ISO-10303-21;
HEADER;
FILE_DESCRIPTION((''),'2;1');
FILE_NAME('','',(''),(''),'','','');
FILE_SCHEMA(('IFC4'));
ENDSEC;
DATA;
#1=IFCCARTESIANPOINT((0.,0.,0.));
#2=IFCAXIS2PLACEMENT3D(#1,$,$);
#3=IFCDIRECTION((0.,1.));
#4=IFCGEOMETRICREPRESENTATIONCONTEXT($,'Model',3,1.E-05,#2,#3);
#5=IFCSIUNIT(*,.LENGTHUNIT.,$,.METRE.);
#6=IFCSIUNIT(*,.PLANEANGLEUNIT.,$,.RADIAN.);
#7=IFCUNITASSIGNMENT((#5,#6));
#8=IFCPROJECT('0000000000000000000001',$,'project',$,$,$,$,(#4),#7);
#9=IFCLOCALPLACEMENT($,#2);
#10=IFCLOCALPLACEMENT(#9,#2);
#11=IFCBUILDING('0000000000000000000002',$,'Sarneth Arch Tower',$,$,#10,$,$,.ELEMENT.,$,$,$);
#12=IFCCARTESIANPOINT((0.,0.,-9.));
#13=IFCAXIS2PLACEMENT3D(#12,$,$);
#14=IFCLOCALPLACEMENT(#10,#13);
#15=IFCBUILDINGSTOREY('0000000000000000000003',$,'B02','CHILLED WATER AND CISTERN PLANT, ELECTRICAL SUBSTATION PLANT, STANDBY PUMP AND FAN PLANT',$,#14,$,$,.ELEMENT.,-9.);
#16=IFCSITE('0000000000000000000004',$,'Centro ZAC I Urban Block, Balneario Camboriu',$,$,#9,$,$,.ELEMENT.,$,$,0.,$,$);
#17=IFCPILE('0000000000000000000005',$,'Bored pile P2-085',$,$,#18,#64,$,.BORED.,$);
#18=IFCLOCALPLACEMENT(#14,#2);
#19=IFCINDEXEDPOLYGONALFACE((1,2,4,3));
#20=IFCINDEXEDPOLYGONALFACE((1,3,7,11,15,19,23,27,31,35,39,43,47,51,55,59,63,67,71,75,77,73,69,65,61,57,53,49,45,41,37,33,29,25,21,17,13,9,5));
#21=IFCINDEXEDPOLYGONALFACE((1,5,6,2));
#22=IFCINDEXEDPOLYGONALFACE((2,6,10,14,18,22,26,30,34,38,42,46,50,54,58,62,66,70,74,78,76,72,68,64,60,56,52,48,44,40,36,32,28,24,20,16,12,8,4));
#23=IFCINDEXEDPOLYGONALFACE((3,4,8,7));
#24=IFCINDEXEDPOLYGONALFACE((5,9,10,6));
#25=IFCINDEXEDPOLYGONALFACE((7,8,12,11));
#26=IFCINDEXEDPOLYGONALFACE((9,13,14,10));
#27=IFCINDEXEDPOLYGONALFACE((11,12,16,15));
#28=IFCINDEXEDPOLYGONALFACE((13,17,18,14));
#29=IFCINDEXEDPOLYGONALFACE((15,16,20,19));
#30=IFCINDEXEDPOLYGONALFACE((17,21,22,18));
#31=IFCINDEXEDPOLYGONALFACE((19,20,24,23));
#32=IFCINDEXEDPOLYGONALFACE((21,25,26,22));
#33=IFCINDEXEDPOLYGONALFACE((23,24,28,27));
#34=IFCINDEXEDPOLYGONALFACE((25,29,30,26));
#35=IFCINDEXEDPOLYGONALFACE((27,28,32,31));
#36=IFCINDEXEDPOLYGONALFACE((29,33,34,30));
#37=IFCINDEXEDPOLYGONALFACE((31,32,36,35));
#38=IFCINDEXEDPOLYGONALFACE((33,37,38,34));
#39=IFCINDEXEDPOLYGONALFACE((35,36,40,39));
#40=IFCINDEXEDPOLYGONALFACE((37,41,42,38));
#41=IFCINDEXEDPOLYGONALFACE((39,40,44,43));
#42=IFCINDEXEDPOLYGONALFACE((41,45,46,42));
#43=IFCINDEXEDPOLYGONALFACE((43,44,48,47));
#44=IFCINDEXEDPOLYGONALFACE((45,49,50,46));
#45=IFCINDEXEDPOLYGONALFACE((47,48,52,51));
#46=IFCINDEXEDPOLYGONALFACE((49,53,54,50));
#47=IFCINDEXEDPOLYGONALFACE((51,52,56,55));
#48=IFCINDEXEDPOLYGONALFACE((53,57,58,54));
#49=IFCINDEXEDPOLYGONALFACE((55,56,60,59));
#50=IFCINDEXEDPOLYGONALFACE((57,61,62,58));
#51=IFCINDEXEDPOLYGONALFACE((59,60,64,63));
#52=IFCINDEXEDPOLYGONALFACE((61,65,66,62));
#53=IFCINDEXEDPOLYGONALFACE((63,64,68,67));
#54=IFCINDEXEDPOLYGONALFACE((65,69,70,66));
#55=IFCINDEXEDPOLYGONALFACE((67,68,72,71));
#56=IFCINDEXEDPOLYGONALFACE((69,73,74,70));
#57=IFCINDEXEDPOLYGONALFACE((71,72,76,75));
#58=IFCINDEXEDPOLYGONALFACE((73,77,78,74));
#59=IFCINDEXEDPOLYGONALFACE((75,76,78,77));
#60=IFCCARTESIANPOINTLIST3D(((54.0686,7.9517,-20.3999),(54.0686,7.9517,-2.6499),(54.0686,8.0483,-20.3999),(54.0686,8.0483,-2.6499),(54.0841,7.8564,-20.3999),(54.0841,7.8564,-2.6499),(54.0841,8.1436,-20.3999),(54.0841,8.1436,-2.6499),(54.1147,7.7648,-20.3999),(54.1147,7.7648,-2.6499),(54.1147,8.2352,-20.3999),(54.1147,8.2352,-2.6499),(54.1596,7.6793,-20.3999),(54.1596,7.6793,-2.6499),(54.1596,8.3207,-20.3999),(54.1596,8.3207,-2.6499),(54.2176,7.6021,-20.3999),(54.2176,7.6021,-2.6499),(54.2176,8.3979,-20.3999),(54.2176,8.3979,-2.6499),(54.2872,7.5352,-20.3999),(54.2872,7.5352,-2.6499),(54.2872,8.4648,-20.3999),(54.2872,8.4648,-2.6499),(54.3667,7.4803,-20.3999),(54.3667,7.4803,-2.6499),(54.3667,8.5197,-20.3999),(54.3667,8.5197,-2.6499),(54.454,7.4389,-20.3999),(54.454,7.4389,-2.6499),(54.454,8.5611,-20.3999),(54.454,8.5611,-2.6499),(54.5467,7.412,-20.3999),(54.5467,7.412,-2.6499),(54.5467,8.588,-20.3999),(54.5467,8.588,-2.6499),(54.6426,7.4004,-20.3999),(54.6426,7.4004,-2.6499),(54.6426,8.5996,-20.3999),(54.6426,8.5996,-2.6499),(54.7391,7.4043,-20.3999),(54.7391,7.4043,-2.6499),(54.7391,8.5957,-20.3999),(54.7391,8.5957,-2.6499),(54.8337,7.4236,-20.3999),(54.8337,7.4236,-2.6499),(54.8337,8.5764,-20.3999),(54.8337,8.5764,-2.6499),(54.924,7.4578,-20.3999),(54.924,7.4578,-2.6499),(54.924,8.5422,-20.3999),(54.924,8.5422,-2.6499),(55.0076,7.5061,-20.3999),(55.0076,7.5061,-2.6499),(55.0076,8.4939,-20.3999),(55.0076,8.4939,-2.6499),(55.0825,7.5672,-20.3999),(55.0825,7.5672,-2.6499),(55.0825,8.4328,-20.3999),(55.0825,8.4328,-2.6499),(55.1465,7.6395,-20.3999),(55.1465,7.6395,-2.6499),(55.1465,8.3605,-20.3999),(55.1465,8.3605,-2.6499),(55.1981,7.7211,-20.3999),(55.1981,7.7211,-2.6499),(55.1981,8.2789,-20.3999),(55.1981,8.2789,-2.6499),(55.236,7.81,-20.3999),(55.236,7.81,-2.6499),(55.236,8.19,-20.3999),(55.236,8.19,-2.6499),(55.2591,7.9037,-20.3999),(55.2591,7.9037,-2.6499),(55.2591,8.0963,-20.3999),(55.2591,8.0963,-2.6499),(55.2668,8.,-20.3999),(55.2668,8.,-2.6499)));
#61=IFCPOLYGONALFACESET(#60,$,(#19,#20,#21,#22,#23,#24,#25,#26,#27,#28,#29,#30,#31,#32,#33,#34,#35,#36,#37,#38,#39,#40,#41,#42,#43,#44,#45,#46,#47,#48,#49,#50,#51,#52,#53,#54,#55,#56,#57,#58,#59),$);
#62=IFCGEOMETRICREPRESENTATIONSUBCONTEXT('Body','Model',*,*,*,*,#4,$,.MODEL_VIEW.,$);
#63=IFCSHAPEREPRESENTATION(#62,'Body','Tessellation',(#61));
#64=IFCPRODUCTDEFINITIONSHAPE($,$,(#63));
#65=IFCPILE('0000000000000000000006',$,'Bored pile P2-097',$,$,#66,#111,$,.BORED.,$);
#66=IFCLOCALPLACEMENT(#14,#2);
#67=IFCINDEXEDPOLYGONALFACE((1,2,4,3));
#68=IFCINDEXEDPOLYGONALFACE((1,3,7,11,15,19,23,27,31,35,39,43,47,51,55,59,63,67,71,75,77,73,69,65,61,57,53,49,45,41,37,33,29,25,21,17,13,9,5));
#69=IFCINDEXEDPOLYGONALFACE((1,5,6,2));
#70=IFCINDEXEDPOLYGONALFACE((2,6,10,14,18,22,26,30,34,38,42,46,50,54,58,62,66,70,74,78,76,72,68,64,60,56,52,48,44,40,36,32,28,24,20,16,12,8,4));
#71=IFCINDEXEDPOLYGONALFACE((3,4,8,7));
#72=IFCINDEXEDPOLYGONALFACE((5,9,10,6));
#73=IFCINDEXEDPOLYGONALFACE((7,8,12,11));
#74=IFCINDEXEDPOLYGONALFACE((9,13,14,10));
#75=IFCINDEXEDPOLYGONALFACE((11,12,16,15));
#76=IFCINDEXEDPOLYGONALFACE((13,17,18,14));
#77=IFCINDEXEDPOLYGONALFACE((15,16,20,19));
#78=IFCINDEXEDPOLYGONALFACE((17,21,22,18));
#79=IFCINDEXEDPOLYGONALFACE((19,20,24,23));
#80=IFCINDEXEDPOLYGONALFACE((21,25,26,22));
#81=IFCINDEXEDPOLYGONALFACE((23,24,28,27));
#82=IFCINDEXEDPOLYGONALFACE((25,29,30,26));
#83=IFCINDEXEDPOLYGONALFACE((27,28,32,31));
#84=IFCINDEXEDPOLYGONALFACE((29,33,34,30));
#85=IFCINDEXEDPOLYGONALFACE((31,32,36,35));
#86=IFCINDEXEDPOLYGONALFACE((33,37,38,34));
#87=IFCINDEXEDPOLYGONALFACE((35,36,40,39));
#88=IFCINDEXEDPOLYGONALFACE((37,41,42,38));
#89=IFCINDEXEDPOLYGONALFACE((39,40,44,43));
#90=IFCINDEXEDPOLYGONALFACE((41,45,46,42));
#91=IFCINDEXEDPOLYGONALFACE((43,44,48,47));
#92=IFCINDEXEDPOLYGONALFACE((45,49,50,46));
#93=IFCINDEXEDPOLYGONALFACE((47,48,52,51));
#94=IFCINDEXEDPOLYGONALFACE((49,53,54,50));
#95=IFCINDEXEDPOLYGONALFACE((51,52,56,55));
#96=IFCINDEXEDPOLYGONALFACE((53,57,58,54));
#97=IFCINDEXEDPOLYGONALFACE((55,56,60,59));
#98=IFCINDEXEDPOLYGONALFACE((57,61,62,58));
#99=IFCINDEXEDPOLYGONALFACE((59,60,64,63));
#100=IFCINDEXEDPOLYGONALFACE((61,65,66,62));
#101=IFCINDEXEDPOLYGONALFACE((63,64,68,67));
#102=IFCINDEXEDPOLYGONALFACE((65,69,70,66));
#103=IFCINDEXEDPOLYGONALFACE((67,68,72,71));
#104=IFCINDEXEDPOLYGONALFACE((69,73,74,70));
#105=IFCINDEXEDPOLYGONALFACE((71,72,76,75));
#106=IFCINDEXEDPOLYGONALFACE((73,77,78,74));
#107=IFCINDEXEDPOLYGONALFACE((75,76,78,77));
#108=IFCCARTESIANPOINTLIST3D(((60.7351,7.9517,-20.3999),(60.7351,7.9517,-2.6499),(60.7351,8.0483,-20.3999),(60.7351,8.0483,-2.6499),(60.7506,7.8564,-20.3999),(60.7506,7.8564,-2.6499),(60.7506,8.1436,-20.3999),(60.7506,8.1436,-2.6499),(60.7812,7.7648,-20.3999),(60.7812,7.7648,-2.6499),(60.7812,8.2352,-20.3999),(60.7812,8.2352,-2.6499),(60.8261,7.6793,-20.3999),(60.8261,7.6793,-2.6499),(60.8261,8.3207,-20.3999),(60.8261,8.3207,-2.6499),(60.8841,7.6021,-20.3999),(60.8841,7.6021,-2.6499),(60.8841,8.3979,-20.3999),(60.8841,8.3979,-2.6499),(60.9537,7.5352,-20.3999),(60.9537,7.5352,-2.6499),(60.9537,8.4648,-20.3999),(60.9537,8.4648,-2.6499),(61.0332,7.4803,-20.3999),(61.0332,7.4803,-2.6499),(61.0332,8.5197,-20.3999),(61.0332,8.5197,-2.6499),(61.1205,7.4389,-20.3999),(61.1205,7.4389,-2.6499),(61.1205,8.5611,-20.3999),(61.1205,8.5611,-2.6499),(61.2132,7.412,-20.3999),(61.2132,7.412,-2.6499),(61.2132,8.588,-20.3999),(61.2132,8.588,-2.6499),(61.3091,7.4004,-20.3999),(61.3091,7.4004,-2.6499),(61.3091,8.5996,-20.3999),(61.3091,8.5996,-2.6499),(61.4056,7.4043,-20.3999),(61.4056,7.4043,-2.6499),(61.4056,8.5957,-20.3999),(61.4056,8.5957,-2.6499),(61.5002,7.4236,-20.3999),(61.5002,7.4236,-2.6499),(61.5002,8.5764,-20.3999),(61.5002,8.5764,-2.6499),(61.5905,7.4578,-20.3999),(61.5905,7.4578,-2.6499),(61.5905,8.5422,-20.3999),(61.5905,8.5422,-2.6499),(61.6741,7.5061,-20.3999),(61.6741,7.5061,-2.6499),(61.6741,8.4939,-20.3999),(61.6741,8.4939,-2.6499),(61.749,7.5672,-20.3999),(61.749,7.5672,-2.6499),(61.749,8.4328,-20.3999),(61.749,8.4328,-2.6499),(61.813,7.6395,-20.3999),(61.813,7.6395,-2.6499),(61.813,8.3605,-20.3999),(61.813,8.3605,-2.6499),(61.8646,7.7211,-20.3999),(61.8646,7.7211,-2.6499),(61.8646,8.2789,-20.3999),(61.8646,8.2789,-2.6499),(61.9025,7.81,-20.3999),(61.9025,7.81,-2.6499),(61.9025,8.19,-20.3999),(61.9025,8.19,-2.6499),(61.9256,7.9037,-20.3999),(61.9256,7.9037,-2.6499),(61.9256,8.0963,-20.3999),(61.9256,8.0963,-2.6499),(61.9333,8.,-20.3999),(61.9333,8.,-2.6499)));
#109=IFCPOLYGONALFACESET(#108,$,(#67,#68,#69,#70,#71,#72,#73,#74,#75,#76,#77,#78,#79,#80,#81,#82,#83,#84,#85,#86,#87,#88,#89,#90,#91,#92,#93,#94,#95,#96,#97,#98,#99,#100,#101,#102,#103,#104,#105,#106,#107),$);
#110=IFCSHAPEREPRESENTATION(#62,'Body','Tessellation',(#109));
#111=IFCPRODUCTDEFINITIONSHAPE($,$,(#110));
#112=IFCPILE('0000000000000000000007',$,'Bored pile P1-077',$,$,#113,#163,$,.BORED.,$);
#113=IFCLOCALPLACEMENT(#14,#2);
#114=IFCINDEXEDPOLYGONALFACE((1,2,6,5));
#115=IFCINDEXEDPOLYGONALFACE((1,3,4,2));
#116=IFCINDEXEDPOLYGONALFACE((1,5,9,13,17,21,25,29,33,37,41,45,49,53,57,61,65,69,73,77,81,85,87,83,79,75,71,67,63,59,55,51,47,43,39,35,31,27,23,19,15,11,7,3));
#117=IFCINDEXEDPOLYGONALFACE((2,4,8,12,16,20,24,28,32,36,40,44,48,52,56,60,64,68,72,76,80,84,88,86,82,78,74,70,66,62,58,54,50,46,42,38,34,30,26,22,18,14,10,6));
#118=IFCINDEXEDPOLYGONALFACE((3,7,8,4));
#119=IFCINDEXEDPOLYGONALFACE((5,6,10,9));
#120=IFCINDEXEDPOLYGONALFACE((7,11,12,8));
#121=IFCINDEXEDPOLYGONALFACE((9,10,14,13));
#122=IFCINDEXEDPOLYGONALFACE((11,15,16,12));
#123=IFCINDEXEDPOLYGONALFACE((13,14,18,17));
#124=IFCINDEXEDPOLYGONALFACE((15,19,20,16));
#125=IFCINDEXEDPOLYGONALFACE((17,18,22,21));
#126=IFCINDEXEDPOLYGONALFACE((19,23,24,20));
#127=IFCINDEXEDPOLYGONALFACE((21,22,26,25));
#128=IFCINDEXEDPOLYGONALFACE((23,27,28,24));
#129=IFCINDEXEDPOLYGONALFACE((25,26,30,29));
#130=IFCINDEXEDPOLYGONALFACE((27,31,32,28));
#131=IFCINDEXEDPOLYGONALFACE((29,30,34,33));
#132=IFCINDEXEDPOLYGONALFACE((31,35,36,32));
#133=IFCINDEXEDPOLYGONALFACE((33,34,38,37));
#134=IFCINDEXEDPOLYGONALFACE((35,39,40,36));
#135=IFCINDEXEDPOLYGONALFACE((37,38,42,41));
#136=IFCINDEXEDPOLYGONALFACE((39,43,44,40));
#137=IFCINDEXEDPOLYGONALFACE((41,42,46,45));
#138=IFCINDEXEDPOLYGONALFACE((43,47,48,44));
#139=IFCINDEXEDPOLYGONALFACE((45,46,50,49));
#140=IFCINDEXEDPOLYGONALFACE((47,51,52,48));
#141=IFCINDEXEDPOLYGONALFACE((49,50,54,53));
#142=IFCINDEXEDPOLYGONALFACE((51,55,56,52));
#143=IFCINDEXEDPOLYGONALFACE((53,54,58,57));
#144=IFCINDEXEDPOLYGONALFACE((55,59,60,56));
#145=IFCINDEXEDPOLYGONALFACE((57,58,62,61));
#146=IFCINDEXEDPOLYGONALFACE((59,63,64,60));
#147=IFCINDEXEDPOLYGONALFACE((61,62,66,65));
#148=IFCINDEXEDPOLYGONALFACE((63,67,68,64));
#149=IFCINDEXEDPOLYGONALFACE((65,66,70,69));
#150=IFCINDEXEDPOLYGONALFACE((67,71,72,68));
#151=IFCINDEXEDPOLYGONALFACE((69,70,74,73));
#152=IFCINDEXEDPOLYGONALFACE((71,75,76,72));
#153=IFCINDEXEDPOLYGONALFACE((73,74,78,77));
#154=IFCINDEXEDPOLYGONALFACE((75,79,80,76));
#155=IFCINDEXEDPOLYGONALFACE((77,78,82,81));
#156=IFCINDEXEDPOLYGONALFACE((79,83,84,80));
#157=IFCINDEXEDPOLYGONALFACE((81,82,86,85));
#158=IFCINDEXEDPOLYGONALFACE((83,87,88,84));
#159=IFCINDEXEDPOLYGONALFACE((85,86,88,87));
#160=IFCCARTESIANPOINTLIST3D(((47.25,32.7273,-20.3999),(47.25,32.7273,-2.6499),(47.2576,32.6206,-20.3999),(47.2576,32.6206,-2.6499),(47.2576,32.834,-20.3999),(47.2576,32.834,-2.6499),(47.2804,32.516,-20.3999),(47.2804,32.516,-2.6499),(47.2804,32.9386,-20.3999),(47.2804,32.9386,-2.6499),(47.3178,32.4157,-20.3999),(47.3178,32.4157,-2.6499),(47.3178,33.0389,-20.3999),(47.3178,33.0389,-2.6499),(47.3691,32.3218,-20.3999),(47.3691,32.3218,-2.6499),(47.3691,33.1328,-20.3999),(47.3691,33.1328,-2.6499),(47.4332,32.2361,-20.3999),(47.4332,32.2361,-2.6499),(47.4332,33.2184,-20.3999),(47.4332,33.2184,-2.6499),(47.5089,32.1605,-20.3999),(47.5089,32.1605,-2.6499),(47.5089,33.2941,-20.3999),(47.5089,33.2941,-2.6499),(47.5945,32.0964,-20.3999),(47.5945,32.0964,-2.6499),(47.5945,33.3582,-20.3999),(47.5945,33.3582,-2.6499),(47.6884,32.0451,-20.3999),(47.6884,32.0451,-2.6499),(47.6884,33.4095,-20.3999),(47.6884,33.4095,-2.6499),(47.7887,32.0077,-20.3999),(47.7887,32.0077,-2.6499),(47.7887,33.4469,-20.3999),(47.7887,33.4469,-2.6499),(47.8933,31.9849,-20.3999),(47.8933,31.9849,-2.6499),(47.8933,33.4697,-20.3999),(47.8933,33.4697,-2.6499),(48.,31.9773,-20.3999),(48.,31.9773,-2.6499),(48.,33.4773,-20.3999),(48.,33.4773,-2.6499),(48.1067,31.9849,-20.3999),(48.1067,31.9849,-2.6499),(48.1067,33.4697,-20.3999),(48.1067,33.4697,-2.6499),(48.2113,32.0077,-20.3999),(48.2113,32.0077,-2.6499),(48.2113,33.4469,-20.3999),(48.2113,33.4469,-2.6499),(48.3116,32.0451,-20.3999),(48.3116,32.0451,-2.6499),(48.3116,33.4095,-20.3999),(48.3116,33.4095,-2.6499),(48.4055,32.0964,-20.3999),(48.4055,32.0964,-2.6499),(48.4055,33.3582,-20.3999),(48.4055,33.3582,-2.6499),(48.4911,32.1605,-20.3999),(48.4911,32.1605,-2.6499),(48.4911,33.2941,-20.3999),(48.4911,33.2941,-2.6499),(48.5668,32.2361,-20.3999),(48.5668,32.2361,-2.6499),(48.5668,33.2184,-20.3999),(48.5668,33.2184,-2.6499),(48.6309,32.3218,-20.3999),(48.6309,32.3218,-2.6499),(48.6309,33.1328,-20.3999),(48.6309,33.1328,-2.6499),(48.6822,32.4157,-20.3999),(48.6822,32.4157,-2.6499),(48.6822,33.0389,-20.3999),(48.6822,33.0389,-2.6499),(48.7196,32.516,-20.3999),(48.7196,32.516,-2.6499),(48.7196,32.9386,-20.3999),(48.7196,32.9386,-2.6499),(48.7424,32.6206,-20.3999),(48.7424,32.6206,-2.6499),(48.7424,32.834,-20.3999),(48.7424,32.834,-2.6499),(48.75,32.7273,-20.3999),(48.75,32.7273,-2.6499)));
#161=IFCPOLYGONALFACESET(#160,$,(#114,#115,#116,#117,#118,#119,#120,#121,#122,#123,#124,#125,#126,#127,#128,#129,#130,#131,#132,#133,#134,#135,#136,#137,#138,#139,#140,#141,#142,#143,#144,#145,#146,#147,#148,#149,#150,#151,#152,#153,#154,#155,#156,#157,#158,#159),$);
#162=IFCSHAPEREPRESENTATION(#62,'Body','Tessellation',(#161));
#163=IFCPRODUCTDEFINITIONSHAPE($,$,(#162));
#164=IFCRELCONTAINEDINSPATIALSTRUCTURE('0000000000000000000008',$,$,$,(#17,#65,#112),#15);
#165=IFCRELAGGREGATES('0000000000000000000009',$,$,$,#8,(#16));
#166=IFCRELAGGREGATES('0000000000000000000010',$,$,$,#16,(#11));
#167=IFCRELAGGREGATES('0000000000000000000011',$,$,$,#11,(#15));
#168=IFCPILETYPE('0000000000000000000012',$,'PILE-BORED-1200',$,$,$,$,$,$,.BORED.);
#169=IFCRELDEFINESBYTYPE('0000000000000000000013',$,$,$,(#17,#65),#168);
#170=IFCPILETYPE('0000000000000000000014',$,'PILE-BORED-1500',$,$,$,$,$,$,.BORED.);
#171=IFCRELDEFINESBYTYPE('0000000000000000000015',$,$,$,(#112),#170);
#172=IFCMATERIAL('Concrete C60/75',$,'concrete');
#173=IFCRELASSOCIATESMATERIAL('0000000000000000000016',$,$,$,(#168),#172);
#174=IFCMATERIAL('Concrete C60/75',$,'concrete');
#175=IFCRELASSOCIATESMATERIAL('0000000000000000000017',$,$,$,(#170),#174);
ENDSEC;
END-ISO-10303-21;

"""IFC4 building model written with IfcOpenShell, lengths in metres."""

from ifc_helpers import new_model, si_unit, direction, frame, origin, origin_2d, place, context, subcontext, project, spatial, circle, extrude, material, material_profile, profile_set, type_object, element, save


model = new_model("IFC4")

# Units and contexts
model_context = context("Model", 3, precision=1e-05, world=origin(), true_north=direction((0.0, 1.0)))
body_context = subcontext(model_context, "Body", "Model", "MODEL_VIEW")
ifc_project = project(units=[si_unit("LENGTHUNIT", "METRE"), si_unit("PLANEANGLEUNIT", "RADIAN")], contexts=[model_context])

# Site, building, storey
site_placement = place(None, origin())
site = spatial("IfcSite", under=ifc_project, at=site_placement, Name="Centro ZAC I Urban Block, Balneario Camboriu", CompositionType="ELEMENT", RefElevation=0.0)
building_placement = place(site_placement, origin())
building = spatial("IfcBuilding", under=site, at=building_placement, Name="Sarneth Arch Tower", CompositionType="ELEMENT")
storey_placement = place(building_placement, frame((0.0, 0.0, -9.0)))
storey = spatial("IfcBuildingStorey", under=building, at=storey_placement, Name="B02", Description="CHILLED WATER AND CISTERN PLANT, ELECTRICAL SUBSTATION PLANT, STANDBY PUMP AND FAN PLANT", CompositionType="ELEMENT", Elevation=-9.0)

# Piles
ifc_material_1 = material(Name="Concrete C60/75", Category="concrete")
ifc_material_profile_1 = material_profile(ifc_material_1, circle(Radius=0.6001, at=origin_2d()), Name="PILE-D1200")
ifc_profile_set_1 = profile_set([ifc_material_profile_1], Name="Concrete C60/75")
pile_type_1 = type_object("IfcPileType", Name="PILE-BORED-1200", PredefinedType="BORED", material=ifc_profile_set_1)
for number, where, z_axis, x_axis, name in (
    (1, (54.6667, 8.0, -2.6499), (0.0, 0.0, -1.0), (1.0, 0.0, 0.0), "Bored pile P2-085"),
    (2, (61.3333, 8.0, -2.6499), (0.0, 0.0, -1.0), (1.0, 0.0, 0.0), "Bored pile P2-097"),
):
    element("IfcPile", number, at=place(storey_placement, frame(where, z_axis=z_axis, x_axis=x_axis)), inside=storey, type_object=pile_type_1, Name=name, PredefinedType="BORED", context=body_context, shape_type="SweptSolid", body=[
        extrude(circle(Radius=0.6001, at=origin_2d()), origin(), (0.0, 0.0, 1.0), 17.75),
    ])
ifc_material_2 = material(Name="Concrete C60/75", Category="concrete")
ifc_material_profile_2 = material_profile(ifc_material_2, circle(Radius=0.75, at=origin_2d()), Name="PILE-D1500")
ifc_profile_set_2 = profile_set([ifc_material_profile_2], Name="Concrete C60/75")
pile_type_2 = type_object("IfcPileType", Name="PILE-BORED-1500", PredefinedType="BORED", material=ifc_profile_set_2)
for number, where, z_axis, x_axis, name in (
    (3, (48.0, 32.7273, -2.6499), (0.0, 0.0, -1.0), (1.0, 0.0, 0.0), "Bored pile P1-077"),
):
    element("IfcPile", number, at=place(storey_placement, frame(where, z_axis=z_axis, x_axis=x_axis)), inside=storey, type_object=pile_type_2, Name=name, PredefinedType="BORED", context=body_context, shape_type="SweptSolid", body=[
        extrude(circle(Radius=0.75, at=origin_2d()), origin(), (0.0, 0.0, 1.0), 17.75),
    ])

save(model, "model.ifc")
